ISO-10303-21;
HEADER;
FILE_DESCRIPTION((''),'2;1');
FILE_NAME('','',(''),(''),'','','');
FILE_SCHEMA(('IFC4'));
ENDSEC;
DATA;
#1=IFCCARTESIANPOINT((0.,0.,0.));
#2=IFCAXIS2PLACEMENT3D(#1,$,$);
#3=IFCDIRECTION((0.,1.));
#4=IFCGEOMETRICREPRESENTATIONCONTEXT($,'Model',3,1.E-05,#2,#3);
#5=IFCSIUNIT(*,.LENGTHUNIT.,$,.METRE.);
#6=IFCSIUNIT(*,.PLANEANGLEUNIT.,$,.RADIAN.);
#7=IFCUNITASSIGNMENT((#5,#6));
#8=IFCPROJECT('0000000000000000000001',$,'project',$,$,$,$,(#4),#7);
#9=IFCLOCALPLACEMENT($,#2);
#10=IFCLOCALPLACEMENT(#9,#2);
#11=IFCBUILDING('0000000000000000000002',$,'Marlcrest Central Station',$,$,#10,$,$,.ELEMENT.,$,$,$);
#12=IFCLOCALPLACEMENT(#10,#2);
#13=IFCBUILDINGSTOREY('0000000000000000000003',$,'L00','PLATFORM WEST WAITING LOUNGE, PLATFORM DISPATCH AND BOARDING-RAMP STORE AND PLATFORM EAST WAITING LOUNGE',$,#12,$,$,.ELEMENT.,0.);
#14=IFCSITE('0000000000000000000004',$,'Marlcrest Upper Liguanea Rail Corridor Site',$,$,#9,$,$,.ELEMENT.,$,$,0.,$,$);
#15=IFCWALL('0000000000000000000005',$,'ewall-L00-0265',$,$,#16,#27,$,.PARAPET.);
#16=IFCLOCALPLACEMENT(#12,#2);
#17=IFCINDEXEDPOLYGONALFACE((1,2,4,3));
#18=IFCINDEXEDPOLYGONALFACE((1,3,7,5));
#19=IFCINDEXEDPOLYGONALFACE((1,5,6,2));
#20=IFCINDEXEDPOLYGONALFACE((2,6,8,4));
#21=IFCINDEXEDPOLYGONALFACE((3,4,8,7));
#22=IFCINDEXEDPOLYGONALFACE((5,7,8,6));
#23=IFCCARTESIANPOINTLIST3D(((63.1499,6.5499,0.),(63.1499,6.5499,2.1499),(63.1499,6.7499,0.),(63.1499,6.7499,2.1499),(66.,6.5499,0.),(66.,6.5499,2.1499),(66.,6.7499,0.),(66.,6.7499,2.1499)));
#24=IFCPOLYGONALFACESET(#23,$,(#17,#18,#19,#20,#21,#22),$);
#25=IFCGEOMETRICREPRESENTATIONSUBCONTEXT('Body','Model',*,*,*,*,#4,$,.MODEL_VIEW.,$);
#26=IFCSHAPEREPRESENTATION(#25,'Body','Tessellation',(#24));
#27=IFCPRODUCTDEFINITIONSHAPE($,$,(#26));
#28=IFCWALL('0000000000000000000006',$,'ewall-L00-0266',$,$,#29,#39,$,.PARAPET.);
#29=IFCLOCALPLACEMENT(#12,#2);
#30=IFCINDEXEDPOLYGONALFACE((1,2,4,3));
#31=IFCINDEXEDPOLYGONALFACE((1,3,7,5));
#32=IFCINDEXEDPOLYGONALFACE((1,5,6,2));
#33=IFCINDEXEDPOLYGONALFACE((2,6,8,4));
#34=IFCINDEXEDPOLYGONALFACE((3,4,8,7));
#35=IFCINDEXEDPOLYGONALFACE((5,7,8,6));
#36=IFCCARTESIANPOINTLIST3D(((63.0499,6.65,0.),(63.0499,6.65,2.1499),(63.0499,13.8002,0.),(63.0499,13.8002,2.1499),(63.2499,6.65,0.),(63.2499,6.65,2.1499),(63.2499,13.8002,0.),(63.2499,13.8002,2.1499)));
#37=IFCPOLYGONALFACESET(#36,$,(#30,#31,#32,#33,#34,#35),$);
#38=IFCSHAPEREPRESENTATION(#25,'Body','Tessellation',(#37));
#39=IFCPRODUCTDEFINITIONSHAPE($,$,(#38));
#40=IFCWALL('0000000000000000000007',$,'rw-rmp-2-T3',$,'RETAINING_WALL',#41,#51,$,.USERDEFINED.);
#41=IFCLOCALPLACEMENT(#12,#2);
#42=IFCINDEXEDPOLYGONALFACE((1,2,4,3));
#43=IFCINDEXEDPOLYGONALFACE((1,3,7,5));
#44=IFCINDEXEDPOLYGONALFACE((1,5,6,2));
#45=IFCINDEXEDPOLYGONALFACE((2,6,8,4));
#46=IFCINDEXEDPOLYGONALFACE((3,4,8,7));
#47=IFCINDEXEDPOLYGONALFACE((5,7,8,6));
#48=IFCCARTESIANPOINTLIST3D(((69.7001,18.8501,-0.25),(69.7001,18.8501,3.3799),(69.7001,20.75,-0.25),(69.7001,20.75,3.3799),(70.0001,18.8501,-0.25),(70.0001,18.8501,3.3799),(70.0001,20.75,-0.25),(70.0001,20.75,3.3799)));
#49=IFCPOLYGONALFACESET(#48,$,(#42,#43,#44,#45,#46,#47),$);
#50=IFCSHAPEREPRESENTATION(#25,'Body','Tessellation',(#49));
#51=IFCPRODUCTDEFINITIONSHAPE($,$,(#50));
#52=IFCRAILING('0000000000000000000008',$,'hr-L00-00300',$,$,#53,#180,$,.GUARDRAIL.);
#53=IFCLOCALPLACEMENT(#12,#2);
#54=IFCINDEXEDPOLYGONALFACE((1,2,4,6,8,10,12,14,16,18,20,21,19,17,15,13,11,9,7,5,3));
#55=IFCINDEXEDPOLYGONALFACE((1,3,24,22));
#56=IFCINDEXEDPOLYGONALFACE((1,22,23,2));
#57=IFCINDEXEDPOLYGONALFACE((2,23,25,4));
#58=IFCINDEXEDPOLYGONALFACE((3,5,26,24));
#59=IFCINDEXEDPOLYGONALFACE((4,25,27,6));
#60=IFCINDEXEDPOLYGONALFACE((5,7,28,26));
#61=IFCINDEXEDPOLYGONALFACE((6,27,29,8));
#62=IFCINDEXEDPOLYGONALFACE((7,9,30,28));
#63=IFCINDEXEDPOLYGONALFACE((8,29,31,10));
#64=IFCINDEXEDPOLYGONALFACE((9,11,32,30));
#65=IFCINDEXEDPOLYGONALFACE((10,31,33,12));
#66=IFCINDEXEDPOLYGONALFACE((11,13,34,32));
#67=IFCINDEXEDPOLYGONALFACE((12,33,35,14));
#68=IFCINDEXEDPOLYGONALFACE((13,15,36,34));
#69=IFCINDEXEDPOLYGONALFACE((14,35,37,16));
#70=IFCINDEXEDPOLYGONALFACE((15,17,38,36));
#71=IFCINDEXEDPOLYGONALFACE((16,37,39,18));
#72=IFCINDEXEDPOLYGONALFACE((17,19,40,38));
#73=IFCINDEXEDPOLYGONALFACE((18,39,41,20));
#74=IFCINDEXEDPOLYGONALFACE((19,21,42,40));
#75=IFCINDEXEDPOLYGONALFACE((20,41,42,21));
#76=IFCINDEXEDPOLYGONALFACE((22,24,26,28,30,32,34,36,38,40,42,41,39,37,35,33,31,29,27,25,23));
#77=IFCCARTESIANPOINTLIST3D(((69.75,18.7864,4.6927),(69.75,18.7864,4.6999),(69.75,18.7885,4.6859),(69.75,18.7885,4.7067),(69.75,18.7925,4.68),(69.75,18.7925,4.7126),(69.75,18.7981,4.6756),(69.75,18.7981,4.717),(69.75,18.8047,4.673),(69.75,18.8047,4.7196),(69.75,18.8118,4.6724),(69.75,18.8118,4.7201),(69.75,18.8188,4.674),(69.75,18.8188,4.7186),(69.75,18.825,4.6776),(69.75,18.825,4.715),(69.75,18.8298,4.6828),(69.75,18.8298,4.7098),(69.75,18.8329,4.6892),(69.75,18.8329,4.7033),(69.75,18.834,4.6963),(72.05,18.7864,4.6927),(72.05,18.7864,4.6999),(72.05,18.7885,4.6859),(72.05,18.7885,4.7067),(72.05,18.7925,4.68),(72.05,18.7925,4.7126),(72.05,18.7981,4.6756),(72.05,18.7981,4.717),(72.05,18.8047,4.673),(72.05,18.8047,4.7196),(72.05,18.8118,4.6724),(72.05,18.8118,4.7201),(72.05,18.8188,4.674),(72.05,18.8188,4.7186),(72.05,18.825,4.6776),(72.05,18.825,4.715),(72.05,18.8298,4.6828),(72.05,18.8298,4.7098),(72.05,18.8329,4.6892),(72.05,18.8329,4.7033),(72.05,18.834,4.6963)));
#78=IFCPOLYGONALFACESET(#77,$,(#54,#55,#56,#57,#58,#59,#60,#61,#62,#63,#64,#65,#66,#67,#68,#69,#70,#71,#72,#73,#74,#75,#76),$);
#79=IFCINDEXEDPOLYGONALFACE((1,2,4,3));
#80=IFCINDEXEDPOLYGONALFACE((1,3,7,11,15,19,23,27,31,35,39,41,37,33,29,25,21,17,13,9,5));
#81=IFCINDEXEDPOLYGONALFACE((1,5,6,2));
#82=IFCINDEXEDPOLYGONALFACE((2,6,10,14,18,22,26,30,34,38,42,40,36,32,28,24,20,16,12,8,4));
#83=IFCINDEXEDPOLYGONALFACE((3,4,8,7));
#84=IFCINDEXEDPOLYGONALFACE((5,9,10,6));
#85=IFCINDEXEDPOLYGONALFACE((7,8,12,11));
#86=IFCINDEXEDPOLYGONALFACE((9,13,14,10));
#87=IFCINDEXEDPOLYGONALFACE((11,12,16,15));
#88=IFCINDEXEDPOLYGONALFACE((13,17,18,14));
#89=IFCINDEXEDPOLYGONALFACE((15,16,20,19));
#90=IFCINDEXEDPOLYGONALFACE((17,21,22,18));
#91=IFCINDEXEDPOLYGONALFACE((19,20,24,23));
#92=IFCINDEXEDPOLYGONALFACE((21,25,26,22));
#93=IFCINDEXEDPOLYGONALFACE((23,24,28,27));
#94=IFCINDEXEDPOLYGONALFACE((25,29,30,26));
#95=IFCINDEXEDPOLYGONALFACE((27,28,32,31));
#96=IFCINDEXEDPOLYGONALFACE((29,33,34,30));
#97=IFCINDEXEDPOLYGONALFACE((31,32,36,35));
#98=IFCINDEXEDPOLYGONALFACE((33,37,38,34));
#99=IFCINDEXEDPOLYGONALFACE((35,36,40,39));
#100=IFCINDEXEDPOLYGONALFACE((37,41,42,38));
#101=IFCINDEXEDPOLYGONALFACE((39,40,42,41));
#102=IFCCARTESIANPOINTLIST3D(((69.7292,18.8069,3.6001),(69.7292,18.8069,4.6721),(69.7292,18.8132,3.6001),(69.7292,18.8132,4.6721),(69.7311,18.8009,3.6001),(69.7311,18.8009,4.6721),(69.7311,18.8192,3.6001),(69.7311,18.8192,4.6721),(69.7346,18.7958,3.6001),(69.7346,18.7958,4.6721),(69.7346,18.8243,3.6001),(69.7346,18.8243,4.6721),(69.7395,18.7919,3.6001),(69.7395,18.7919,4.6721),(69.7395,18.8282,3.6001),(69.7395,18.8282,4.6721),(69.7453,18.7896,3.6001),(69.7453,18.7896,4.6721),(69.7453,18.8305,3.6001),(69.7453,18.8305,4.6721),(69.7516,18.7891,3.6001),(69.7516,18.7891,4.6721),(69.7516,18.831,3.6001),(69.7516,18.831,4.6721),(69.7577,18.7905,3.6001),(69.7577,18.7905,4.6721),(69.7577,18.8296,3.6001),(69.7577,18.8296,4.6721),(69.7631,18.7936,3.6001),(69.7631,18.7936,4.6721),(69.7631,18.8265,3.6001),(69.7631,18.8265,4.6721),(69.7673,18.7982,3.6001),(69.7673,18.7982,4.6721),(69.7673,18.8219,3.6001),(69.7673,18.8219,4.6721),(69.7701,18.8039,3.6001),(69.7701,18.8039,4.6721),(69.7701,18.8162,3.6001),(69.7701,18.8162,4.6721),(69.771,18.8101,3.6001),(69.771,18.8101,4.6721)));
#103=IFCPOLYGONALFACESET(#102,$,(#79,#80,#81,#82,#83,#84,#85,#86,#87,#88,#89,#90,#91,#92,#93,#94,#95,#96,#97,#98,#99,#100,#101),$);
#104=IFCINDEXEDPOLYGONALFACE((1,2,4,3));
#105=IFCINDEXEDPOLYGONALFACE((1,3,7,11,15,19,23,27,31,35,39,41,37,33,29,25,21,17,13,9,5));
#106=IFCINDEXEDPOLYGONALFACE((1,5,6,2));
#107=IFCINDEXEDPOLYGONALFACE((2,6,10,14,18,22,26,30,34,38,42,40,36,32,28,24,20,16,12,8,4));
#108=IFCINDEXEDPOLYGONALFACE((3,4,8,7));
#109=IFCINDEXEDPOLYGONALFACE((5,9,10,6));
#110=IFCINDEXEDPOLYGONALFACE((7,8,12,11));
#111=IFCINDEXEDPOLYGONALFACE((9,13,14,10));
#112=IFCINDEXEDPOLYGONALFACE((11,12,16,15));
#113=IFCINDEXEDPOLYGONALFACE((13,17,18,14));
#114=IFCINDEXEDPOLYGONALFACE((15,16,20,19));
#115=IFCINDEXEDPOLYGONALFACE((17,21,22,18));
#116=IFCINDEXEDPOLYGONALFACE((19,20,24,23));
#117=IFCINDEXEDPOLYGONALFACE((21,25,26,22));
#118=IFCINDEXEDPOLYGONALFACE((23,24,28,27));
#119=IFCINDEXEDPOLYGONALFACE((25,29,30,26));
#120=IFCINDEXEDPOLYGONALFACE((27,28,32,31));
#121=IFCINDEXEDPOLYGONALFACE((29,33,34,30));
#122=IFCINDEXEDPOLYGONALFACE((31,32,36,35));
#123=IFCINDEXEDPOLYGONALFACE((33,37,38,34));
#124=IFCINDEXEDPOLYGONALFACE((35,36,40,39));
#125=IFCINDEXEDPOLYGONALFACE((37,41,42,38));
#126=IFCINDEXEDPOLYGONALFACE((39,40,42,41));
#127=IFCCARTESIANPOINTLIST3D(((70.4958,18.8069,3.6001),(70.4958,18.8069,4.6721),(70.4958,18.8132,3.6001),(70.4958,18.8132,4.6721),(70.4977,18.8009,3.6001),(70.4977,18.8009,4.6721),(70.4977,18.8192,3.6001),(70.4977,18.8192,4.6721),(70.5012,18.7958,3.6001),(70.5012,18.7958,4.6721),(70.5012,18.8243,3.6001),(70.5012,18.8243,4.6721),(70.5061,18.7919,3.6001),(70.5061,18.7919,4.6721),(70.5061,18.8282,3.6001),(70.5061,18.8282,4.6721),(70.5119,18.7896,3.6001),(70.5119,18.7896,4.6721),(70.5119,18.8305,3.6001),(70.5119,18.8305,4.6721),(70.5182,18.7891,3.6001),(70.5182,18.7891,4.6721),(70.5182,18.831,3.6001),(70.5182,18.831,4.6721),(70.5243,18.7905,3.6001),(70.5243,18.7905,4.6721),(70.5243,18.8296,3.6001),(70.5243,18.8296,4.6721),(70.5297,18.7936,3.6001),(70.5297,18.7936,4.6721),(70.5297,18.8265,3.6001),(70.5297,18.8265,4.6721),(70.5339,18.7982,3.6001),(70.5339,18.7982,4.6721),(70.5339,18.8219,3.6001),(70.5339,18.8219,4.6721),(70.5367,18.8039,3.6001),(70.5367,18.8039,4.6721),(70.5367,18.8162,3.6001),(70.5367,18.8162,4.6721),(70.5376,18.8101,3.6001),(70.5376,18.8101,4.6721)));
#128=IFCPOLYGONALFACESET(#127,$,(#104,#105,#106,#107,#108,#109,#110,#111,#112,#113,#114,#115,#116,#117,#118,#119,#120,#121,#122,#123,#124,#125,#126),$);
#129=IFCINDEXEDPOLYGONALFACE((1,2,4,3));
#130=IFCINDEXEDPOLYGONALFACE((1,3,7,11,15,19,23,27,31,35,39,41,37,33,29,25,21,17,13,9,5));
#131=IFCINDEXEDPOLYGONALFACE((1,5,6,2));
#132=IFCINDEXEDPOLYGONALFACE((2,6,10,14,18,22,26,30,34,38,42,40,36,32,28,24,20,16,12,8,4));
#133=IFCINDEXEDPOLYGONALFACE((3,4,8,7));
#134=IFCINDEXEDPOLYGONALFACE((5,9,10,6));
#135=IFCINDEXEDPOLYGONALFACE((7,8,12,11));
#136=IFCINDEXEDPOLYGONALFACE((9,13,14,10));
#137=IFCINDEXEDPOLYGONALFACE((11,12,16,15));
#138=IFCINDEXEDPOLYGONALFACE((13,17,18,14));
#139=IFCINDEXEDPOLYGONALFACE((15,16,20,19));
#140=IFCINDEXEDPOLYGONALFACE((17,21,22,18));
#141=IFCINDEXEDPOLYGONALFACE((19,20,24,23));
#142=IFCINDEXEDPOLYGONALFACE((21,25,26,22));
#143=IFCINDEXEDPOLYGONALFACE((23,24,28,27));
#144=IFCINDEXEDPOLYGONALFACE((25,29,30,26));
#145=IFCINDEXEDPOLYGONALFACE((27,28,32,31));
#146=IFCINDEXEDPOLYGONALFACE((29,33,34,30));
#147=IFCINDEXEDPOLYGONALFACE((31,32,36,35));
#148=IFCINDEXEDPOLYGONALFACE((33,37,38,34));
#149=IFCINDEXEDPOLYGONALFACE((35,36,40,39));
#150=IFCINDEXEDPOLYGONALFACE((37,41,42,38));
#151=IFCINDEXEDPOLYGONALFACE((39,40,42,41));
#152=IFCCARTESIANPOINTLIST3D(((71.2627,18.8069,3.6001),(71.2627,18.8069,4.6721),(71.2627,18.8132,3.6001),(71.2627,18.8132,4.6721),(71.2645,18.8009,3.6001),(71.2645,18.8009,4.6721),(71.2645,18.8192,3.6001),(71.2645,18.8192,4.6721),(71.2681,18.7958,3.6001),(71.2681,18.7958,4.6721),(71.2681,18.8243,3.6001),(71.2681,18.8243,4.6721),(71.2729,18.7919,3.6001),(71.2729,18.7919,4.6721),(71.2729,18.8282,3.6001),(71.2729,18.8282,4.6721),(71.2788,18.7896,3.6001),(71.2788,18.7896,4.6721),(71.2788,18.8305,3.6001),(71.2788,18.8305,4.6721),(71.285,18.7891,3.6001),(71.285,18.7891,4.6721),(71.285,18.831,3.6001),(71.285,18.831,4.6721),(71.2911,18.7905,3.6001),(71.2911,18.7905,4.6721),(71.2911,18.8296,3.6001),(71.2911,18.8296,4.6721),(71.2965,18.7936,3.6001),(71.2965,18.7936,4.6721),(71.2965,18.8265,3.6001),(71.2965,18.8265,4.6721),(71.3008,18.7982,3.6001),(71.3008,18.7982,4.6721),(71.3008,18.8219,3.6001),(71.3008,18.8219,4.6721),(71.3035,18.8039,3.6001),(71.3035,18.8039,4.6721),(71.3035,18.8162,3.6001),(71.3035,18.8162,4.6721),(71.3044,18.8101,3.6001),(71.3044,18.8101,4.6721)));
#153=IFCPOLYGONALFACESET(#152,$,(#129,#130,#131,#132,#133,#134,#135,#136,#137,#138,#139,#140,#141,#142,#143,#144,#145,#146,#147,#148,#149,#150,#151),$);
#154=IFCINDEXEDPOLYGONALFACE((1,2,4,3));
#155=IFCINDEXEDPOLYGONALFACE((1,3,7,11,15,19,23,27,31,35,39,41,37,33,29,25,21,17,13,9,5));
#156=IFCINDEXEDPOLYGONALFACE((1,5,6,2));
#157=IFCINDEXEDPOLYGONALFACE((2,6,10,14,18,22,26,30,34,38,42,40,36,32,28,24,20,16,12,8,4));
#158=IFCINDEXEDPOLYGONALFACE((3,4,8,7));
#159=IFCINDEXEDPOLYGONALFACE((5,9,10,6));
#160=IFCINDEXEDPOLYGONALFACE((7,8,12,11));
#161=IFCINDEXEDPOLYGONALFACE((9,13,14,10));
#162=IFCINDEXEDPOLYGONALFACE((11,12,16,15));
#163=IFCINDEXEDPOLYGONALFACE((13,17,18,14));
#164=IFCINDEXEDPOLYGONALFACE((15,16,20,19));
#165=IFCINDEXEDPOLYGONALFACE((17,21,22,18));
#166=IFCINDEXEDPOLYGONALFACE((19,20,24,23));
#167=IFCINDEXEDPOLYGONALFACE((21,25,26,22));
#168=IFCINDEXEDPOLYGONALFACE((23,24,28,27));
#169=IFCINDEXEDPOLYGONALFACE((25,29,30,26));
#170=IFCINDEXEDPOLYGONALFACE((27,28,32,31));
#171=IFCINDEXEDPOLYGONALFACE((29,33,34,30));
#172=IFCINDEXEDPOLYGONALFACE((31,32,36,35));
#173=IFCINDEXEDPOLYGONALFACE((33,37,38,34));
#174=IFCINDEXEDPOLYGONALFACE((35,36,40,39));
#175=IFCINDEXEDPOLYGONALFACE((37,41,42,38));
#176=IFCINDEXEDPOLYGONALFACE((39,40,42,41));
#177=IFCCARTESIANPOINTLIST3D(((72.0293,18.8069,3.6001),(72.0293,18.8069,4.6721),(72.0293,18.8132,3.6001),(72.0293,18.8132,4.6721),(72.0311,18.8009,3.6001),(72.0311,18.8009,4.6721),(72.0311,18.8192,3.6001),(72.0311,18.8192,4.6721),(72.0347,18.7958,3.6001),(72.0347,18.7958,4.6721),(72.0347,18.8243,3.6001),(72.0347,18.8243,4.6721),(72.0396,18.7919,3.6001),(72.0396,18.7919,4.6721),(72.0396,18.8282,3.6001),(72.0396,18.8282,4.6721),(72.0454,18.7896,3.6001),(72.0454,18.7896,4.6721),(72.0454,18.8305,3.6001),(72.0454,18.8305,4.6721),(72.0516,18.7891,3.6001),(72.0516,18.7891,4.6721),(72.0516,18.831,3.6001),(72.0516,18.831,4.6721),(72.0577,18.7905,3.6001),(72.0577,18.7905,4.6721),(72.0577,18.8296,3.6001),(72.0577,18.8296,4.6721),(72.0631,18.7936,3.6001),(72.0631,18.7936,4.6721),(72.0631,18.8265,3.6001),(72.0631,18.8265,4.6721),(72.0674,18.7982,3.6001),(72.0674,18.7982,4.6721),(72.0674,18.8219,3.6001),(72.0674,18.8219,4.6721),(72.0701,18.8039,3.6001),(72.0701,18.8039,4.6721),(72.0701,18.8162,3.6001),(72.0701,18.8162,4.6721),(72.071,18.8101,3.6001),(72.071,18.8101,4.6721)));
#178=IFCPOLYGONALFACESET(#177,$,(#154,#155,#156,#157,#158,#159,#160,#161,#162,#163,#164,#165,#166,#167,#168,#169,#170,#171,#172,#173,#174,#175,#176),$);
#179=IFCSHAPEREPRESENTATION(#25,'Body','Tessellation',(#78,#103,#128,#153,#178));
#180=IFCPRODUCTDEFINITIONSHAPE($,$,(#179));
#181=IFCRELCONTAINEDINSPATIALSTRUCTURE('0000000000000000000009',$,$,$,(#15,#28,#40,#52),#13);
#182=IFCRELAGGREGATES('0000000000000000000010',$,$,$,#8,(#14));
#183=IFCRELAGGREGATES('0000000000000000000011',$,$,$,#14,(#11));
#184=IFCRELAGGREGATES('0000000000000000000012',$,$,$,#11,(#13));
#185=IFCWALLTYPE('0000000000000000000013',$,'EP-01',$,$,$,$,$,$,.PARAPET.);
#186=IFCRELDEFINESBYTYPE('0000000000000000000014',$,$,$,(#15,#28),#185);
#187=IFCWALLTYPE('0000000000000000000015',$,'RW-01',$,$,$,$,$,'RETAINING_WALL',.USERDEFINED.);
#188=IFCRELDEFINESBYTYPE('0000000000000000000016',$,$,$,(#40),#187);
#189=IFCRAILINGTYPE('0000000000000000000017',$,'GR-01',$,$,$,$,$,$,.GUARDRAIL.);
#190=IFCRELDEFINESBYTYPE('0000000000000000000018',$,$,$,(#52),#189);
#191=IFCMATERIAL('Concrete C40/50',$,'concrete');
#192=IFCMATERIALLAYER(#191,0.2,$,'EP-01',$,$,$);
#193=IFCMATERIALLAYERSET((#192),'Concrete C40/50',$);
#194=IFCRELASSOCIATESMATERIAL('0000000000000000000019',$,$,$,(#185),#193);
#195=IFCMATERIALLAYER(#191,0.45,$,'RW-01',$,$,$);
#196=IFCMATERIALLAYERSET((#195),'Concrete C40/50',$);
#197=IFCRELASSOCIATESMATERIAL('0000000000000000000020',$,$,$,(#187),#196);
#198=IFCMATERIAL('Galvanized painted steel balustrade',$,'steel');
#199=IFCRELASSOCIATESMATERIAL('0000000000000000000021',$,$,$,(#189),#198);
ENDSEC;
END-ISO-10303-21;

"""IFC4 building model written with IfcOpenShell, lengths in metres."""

from ifc_helpers import new_model, si_unit, direction, frame, frame_2d, origin, origin_2d, place, context, subcontext, project, spatial, rectangle, circle, extrude, material, layer, layer_set, type_object, element, save


model = new_model("IFC4")

# Units and contexts
model_context = context("Model", 3, precision=1e-05, world=origin(), true_north=direction((0.0, 1.0)))
body_context = subcontext(model_context, "Body", "Model", "MODEL_VIEW")
ifc_project = project(units=[si_unit("LENGTHUNIT", "METRE"), si_unit("PLANEANGLEUNIT", "RADIAN")], contexts=[model_context])

# Site, building, storey
site_placement = place(None, origin())
site = spatial("IfcSite", under=ifc_project, at=site_placement, Name="Marlcrest Upper Liguanea Rail Corridor Site", CompositionType="ELEMENT", RefElevation=0.0)
building_placement = place(site_placement, origin())
building = spatial("IfcBuilding", under=site, at=building_placement, Name="Marlcrest Central Station", CompositionType="ELEMENT")
storey_placement = place(building_placement, origin())
storey = spatial("IfcBuildingStorey", under=building, at=storey_placement, Name="L00", Description="PLATFORM WEST WAITING LOUNGE, PLATFORM DISPATCH AND BOARDING-RAMP STORE AND PLATFORM EAST WAITING LOUNGE", CompositionType="ELEMENT", Elevation=0.0)

# Shared definitions
ifc_material_1 = material(Name="Concrete C40/50", Category="concrete")

# Walls
ifc_layer_1 = layer(ifc_material_1, 0.2, Name="EP-01")
ifc_layer_set_1 = layer_set([ifc_layer_1], Name="Concrete C40/50")
wall_type_1 = type_object("IfcWallType", Name="EP-01", PredefinedType="PARAPET", material=ifc_layer_set_1)
wall_1_placement = place(storey_placement, frame((63.1499, 6.6499, 0.0), z_axis=(0.0, 0.0, 1.0), x_axis=(1.0, 0.0, 0.0)))
element("IfcWall", 1, at=wall_1_placement, inside=storey, type_object=wall_type_1, Name="ewall-L00-0265", PredefinedType="PARAPET", context=body_context, shape_type="SweptSolid", body=[
    extrude(rectangle(XDim=2.8501, YDim=0.2, at=frame_2d((1.425, 0.0))), origin(), (0.0, 0.0, 1.0), 2.1499),
])
wall_2_placement = place(storey_placement, frame((63.1499, 6.6499, 0.0), z_axis=(0.0, 0.0, 1.0), x_axis=(0.0, 1.0, 0.0)))
element("IfcWall", 2, at=wall_2_placement, inside=storey, type_object=wall_type_1, Name="ewall-L00-0266", PredefinedType="PARAPET", context=body_context, shape_type="SweptSolid", body=[
    extrude(rectangle(XDim=7.1501, YDim=0.2, at=frame_2d((3.5752, 0.0))), origin(), (0.0, 0.0, 1.0), 2.1499),
])
ifc_layer_2 = layer(ifc_material_1, 0.45, Name="RW-01")
ifc_layer_set_2 = layer_set([ifc_layer_2], Name="Concrete C40/50")
wall_type_2 = type_object("IfcWallType", Name="RW-01", ElementType="RETAINING_WALL", PredefinedType="USERDEFINED", material=ifc_layer_set_2)
wall_3_placement = place(storey_placement, frame((69.8501, 18.8501, -0.25), z_axis=(0.0, 0.0, 1.0), x_axis=(0.0, 1.0, 0.0)))
element("IfcWall", 3, at=wall_3_placement, inside=storey, type_object=wall_type_2, Name="rw-rmp-2-T3", ObjectType="RETAINING_WALL", PredefinedType="USERDEFINED", context=body_context, shape_type="SweptSolid", body=[
    extrude(rectangle(XDim=1.8999, YDim=0.3, at=frame_2d((0.95, 0.0))), origin(), (0.0, 0.0, 1.0), 3.6299),
])

# Railing
ifc_material_2 = material(Name="Galvanized painted steel balustrade", Category="steel")
railing_type = type_object("IfcRailingType", Name="GR-01", PredefinedType="GUARDRAIL", material=ifc_material_2)
railing_1_placement = place(storey_placement, frame((69.75, 18.8101, 3.6001)))
element("IfcRailing", 4, at=railing_1_placement, inside=storey, type_object=railing_type, Name="hr-L00-00300", PredefinedType="GUARDRAIL", context=body_context, shape_type="SweptSolid", body=[
    extrude(circle(Radius=0.0239, at=origin_2d()), frame((0.0, 0.0, 1.0962), z_axis=(1.0, 0.0, 0.0), x_axis=(0.0, 1.0, 0.0)), (0.0, 0.0, 1.0), 2.3),
    extrude(circle(Radius=0.021, at=origin_2d()), origin(), (0.0, 0.0, 1.0), 1.072),
    extrude(circle(Radius=0.021, at=origin_2d()), frame((0.7666, 0.0, 0.0)), (0.0, 0.0, 1.0), 1.072),
    extrude(circle(Radius=0.021, at=origin_2d()), frame((1.5334, 0.0, 0.0)), (0.0, 0.0, 1.0), 1.072),
    extrude(circle(Radius=0.021, at=origin_2d()), frame((2.3, 0.0, 0.0)), (0.0, 0.0, 1.0), 1.072),
])

save(model, "model.ifc")
